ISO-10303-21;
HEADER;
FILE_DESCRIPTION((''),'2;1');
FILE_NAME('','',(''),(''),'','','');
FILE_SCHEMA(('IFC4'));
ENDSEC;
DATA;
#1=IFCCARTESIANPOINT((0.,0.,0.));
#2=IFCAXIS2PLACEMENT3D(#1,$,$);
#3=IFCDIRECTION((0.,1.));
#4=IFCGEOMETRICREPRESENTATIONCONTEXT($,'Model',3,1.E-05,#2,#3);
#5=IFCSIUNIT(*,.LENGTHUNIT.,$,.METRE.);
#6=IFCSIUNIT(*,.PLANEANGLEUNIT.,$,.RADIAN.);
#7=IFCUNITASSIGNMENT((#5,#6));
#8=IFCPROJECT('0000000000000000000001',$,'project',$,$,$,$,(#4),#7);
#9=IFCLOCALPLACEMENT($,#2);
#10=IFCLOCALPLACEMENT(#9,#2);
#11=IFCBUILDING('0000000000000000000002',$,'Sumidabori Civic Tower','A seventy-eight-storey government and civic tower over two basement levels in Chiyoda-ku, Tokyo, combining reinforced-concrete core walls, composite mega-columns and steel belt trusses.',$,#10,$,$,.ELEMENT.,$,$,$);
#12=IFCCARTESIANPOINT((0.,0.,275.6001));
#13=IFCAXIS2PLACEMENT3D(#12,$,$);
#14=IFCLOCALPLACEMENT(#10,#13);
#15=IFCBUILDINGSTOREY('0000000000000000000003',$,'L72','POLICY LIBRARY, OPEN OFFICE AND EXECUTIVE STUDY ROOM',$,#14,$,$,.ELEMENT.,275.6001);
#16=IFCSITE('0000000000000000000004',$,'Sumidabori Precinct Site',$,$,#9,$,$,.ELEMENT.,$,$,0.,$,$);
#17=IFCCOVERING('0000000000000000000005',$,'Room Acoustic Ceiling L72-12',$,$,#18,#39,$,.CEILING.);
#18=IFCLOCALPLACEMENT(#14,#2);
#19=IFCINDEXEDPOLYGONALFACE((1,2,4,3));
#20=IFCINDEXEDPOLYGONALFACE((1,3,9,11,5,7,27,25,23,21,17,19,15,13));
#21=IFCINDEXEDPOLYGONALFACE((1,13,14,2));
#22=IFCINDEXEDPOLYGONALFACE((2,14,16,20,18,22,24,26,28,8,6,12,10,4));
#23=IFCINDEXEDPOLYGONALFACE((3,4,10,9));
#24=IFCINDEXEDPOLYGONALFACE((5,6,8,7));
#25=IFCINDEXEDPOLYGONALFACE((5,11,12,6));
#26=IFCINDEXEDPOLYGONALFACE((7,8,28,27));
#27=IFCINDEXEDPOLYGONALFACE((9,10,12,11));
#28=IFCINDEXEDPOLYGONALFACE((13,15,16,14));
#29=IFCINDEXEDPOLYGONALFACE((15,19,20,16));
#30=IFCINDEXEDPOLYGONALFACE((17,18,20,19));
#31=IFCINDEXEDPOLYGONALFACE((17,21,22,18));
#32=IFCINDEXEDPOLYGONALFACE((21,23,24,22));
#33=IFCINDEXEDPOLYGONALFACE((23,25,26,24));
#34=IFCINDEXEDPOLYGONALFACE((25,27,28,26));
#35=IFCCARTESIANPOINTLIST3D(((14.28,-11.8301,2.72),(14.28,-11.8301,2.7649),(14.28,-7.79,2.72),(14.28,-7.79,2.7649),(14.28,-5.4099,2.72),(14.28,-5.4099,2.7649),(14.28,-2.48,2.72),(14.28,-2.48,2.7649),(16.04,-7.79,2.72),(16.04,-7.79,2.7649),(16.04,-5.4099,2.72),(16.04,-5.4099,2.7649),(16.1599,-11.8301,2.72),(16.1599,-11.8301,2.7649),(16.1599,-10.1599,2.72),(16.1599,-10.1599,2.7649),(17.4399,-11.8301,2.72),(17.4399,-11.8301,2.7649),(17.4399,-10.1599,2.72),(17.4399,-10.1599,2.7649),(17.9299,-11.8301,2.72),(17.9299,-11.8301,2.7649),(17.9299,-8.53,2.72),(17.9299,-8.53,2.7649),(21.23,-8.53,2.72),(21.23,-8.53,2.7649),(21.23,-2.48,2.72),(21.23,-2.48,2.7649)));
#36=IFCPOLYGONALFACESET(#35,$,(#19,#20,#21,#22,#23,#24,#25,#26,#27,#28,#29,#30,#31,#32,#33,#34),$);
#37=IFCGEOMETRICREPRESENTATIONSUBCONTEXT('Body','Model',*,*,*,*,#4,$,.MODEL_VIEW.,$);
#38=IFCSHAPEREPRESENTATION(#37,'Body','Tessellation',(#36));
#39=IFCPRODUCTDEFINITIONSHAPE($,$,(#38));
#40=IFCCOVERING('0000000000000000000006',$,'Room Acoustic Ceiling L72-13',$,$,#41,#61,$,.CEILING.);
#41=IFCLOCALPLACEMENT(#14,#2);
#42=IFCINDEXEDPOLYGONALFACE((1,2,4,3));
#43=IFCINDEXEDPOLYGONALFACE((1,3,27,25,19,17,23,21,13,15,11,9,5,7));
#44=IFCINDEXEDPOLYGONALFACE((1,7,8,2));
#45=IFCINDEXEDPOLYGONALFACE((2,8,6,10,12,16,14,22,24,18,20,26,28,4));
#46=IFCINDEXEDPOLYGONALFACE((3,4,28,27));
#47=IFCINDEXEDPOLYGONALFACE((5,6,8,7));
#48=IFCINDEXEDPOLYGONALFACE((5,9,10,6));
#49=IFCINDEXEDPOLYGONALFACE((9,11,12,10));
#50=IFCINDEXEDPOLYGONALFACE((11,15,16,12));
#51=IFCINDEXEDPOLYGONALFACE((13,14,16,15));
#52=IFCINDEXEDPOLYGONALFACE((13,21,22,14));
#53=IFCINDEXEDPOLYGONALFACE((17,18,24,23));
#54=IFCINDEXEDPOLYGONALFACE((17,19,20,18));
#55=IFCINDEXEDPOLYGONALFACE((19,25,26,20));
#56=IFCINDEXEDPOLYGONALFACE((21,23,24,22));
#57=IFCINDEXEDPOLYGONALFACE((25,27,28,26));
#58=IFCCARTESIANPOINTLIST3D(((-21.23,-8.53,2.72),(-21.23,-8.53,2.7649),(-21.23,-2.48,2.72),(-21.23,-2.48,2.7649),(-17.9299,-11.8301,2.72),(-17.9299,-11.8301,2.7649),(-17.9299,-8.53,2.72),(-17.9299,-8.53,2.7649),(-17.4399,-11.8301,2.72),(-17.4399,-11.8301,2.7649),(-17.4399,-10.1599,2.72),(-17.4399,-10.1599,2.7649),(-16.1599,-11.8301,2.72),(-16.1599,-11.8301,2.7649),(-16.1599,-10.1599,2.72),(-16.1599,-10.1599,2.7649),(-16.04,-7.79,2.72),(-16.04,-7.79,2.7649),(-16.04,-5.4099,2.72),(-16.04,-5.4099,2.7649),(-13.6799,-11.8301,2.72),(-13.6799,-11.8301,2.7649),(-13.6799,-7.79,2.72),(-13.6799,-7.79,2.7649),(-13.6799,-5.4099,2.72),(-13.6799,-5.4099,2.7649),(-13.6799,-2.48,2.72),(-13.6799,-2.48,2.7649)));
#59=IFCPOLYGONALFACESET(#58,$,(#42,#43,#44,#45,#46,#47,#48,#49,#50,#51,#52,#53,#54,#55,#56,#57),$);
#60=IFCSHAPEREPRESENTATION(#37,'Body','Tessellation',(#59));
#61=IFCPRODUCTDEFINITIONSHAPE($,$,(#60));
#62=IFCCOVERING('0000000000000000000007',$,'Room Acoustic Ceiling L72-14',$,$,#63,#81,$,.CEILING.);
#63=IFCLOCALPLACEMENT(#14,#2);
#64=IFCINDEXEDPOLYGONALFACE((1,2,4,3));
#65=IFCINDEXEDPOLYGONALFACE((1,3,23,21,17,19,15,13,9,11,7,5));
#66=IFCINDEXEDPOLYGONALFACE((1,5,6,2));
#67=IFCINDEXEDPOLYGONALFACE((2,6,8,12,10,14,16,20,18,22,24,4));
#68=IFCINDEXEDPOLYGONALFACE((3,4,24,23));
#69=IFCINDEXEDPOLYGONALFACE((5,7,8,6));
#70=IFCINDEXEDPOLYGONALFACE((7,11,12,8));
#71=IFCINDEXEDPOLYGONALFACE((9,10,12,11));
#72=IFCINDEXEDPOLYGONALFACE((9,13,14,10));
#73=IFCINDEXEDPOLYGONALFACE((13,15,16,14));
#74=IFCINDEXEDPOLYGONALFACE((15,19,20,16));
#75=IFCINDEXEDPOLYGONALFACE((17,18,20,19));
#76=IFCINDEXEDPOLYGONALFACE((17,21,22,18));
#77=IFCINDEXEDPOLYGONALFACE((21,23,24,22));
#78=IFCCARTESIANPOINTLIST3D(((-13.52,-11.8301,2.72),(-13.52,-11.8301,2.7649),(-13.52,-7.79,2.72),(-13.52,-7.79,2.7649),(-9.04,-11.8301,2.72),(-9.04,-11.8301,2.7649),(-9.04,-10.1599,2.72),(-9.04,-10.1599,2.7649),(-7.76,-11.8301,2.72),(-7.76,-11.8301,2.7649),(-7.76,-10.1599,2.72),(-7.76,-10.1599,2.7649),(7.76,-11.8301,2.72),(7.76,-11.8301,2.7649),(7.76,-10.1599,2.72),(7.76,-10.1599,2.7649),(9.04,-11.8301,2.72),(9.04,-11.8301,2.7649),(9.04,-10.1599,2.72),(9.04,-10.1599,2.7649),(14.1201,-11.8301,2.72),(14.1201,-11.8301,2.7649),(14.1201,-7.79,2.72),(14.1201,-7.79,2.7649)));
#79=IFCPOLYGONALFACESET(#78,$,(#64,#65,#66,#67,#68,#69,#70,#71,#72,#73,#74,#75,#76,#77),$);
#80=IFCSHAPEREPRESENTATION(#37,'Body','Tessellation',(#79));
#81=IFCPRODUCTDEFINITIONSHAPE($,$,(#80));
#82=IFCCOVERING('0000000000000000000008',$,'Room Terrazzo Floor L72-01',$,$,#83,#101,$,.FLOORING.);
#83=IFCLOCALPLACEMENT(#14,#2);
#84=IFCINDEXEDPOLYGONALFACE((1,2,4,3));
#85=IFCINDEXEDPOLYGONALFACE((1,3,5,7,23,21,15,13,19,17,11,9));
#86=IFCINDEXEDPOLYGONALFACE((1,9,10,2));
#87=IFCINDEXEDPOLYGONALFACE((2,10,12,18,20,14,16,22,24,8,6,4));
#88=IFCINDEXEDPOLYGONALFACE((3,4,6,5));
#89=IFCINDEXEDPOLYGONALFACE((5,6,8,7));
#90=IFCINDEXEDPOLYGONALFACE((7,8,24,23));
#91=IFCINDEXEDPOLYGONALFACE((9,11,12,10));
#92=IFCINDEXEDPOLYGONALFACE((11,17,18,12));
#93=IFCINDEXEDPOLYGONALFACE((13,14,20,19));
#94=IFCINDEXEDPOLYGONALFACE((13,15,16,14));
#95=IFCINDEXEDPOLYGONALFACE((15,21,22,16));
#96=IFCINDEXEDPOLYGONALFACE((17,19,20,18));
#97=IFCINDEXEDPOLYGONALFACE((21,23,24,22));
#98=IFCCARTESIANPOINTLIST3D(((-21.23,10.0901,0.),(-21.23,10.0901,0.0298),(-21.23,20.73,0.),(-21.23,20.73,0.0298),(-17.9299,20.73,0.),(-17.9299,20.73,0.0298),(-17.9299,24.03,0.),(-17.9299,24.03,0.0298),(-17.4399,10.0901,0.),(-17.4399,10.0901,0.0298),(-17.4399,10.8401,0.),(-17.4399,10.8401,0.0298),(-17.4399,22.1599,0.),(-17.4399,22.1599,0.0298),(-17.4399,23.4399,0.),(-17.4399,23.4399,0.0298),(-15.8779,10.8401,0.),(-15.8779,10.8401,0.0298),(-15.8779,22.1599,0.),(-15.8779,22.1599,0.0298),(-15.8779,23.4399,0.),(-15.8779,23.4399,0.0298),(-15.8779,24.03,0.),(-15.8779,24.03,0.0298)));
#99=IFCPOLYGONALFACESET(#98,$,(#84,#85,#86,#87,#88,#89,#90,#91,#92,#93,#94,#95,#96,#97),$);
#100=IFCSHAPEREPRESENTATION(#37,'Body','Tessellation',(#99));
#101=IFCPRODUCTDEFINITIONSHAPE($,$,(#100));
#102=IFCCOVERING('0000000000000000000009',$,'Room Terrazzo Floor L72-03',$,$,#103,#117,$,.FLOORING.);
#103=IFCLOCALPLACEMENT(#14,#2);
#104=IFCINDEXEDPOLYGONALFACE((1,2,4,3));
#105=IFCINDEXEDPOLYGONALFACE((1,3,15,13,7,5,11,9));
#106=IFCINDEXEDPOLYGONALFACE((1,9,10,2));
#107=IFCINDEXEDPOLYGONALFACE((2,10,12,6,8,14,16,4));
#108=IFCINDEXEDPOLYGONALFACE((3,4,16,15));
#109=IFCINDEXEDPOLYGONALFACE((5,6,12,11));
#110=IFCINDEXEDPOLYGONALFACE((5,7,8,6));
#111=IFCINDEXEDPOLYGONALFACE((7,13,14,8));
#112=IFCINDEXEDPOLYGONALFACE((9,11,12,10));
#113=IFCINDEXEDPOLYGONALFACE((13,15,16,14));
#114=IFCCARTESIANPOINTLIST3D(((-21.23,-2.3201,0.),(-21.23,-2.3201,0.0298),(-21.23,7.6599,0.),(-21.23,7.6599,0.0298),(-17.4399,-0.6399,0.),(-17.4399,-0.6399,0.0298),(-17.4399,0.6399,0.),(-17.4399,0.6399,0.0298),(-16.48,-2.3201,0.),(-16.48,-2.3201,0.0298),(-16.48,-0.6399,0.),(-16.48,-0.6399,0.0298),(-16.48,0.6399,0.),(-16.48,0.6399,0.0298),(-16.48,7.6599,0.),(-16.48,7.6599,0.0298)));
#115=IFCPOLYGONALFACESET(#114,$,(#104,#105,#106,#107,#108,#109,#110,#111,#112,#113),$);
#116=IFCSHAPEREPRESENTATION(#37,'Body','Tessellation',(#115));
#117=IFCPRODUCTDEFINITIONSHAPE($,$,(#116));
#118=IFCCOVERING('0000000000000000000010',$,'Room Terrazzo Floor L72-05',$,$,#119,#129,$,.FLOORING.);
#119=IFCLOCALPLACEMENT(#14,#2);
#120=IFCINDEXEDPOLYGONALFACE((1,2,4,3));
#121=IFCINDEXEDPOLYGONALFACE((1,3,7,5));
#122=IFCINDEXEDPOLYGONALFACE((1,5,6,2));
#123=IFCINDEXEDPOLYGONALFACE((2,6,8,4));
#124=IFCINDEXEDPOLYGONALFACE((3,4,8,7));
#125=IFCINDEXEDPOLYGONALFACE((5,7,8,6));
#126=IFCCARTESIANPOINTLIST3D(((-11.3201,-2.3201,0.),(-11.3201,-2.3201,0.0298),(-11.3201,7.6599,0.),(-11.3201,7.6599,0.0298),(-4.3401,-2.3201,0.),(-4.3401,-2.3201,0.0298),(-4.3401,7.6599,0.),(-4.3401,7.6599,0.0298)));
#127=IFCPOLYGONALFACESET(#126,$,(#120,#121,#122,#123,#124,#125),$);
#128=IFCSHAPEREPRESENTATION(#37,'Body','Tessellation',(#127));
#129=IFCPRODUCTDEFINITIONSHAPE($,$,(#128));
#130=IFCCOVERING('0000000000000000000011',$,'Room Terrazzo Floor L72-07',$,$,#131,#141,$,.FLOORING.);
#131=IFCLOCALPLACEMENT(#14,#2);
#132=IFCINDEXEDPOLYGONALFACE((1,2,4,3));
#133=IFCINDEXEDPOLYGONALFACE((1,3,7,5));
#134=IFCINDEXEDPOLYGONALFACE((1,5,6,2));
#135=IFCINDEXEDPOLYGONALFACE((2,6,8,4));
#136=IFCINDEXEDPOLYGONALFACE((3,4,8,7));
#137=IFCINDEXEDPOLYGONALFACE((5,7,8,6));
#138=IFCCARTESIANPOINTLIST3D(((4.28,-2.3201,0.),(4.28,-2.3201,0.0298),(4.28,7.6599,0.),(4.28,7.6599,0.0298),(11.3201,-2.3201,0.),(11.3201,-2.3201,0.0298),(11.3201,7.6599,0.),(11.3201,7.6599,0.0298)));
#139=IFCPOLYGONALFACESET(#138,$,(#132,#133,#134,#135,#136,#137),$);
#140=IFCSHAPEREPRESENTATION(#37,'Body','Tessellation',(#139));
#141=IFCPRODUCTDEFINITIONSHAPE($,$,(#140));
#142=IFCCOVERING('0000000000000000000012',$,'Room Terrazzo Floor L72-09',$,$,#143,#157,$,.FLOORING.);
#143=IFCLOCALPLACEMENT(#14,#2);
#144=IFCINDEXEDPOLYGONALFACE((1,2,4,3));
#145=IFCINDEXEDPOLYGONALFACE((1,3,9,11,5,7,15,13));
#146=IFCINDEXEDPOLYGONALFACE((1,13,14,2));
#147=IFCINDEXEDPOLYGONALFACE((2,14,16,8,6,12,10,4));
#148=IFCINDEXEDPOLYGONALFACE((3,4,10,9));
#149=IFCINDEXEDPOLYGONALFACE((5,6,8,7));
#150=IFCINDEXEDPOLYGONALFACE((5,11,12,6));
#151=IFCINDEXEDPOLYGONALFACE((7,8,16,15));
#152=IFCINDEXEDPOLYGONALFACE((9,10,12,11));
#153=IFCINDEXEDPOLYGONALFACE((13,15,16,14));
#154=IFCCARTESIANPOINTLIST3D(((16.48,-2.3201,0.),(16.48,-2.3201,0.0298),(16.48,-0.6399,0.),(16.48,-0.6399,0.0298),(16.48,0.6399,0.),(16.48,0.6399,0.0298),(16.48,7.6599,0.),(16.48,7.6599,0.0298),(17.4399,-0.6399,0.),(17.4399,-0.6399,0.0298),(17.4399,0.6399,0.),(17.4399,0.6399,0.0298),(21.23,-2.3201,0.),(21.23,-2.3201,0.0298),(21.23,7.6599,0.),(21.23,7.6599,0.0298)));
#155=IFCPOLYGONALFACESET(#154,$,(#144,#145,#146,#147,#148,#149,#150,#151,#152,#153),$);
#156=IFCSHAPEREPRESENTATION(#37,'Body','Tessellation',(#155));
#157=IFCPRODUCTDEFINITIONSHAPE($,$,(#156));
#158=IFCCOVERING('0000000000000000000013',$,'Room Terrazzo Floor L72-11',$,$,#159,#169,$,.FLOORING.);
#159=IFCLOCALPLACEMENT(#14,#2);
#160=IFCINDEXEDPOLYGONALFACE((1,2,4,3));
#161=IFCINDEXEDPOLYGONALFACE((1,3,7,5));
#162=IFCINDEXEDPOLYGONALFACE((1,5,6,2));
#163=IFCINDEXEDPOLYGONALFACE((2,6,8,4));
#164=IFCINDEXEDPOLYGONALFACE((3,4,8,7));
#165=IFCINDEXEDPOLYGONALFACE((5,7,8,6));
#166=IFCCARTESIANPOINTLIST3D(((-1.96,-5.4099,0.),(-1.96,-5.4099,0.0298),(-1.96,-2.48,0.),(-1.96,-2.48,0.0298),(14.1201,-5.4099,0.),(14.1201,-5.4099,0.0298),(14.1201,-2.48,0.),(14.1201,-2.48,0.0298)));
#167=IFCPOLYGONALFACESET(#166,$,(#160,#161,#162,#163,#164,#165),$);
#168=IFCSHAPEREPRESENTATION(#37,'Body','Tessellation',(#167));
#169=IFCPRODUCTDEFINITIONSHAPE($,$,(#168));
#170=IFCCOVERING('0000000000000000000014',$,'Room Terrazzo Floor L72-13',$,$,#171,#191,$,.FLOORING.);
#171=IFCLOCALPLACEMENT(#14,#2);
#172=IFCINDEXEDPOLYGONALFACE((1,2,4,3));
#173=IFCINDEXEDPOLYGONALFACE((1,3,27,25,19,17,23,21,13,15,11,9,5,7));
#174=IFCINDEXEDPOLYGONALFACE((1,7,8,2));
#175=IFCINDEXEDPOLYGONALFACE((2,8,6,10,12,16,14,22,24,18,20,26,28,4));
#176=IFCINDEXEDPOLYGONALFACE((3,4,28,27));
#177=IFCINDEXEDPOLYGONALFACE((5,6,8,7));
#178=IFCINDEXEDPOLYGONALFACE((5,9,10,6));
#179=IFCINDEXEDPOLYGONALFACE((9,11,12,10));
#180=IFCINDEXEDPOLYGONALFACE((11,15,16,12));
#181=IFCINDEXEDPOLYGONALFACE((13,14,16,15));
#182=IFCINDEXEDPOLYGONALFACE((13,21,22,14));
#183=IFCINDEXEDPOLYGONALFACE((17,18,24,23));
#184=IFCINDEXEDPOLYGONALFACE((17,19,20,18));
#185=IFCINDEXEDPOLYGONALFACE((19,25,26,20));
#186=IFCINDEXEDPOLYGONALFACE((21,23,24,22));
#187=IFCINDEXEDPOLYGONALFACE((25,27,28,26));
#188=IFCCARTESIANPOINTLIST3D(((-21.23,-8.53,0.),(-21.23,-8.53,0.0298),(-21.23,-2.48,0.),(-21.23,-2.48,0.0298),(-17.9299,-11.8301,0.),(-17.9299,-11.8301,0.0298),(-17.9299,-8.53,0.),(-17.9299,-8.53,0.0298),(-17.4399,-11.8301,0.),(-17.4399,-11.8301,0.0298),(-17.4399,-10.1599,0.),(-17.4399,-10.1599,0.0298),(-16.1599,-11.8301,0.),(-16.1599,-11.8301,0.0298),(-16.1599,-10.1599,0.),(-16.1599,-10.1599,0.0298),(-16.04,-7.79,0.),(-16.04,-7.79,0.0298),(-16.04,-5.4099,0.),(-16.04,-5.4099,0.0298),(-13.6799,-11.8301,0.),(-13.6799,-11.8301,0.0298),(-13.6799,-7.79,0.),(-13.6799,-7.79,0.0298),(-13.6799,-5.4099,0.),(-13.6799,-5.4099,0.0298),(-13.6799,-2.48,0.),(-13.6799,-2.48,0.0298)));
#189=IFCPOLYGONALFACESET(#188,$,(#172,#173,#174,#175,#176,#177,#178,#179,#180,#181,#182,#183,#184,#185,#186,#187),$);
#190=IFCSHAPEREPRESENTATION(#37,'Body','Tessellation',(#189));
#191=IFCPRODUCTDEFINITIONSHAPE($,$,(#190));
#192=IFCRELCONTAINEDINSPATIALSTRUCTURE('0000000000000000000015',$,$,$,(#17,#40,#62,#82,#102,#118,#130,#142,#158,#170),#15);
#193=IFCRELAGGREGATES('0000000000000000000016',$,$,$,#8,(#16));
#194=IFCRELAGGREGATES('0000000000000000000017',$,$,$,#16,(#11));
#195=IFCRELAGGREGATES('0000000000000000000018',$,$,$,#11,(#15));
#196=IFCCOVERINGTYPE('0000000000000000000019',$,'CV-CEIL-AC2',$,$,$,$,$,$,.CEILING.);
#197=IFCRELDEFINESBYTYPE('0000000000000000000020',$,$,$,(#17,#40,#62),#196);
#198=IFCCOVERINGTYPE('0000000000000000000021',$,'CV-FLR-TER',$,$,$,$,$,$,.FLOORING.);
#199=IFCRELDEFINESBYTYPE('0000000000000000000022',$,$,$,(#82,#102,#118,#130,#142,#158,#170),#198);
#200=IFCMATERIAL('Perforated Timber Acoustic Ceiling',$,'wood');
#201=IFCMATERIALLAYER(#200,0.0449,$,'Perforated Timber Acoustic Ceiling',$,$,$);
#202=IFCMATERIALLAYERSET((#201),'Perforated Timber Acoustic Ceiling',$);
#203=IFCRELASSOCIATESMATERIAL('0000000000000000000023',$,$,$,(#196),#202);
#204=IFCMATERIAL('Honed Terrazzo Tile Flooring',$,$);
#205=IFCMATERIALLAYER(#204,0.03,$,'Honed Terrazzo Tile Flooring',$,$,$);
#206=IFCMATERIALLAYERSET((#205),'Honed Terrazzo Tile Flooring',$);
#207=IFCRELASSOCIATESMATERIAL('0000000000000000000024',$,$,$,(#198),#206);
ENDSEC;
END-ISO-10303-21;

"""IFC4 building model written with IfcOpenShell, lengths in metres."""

from ifc_helpers import new_model, si_unit, direction, frame, origin, place, context, subcontext, project, spatial, polyline, outline, extrude, material, layer, layer_set, type_object, element, save


model = new_model("IFC4")

# Units and contexts
model_context = context("Model", 3, precision=1e-05, world=origin(), true_north=direction((0.0, 1.0)))
body_context = subcontext(model_context, "Body", "Model", "MODEL_VIEW")
ifc_project = project(units=[si_unit("LENGTHUNIT", "METRE"), si_unit("PLANEANGLEUNIT", "RADIAN")], contexts=[model_context])

# Site, building, storey
site_placement = place(None, origin())
site = spatial("IfcSite", under=ifc_project, at=site_placement, Name="Sumidabori Precinct Site", CompositionType="ELEMENT", RefElevation=0.0)
building_placement = place(site_placement, origin())
building = spatial("IfcBuilding", under=site, at=building_placement, Name="Sumidabori Civic Tower", Description="A seventy-eight-storey government and civic tower over two basement levels in Chiyoda-ku, Tokyo, combining reinforced-concrete core walls, composite mega-columns and steel belt trusses.", CompositionType="ELEMENT")
storey_placement = place(building_placement, frame((0.0, 0.0, 275.6001)))
storey = spatial("IfcBuildingStorey", under=building, at=storey_placement, Name="L72", Description="POLICY LIBRARY, OPEN OFFICE AND EXECUTIVE STUDY ROOM", CompositionType="ELEMENT", Elevation=275.6001)

# Coverings
ifc_material_1 = material(Name="Perforated Timber Acoustic Ceiling", Category="wood")
ifc_layer_1 = layer(ifc_material_1, 0.0449, Name="Perforated Timber Acoustic Ceiling")
ifc_layer_set_1 = layer_set([ifc_layer_1], Name="Perforated Timber Acoustic Ceiling")
covering_type_1 = type_object("IfcCoveringType", Name="CV-CEIL-AC2", PredefinedType="CEILING", material=ifc_layer_set_1)
covering_1_placement = place(storey_placement, frame((0.0, 0.0, 2.72)))
element("IfcCovering", 1, at=covering_1_placement, inside=storey, type_object=covering_type_1, Name="Room Acoustic Ceiling L72-12", PredefinedType="CEILING", context=body_context, shape_type="SweptSolid", body=[
    extrude(outline(polyline([(16.04, -7.79), (16.04, -5.4099), (14.28, -5.4099), (14.28, -2.48), (21.23, -2.48), (21.23, -8.53), (17.9299, -8.53), (17.9299, -11.8301), (17.4399, -11.8301), (17.4399, -10.1599), (16.1599, -10.1599), (16.1599, -11.8301), (14.28, -11.8301), (14.28, -7.79), (16.04, -7.79)])), origin(), (0.0, 0.0, 1.0), 0.0449),
])
covering_2_placement = place(storey_placement, frame((0.0, 0.0, 2.72)))
element("IfcCovering", 2, at=covering_2_placement, inside=storey, type_object=covering_type_1, Name="Room Acoustic Ceiling L72-13", PredefinedType="CEILING", context=body_context, shape_type="SweptSolid", body=[
    extrude(outline(polyline([(-17.9299, -11.8301), (-17.9299, -8.53), (-21.23, -8.53), (-21.23, -2.48), (-13.6799, -2.48), (-13.6799, -5.4099), (-16.04, -5.4099), (-16.04, -7.79), (-13.6799, -7.79), (-13.6799, -11.8301), (-16.1599, -11.8301), (-16.1599, -10.1599), (-17.4399, -10.1599), (-17.4399, -11.8301), (-17.9299, -11.8301)])), origin(), (0.0, 0.0, 1.0), 0.0449),
])
covering_3_placement = place(storey_placement, frame((0.0, 0.0, 2.72)))
element("IfcCovering", 3, at=covering_3_placement, inside=storey, type_object=covering_type_1, Name="Room Acoustic Ceiling L72-14", PredefinedType="CEILING", context=body_context, shape_type="SweptSolid", body=[
    extrude(outline(polyline([(14.1201, -7.79), (14.1201, -11.8301), (9.04, -11.8301), (9.04, -10.1599), (7.76, -10.1599), (7.76, -11.8301), (-7.76, -11.8301), (-7.76, -10.1599), (-9.04, -10.1599), (-9.04, -11.8301), (-13.52, -11.8301), (-13.52, -7.79), (14.1201, -7.79)])), origin(), (0.0, 0.0, 1.0), 0.0449),
])
ifc_material_2 = material(Name="Honed Terrazzo Tile Flooring")
ifc_layer_2 = layer(ifc_material_2, 0.03, Name="Honed Terrazzo Tile Flooring")
ifc_layer_set_2 = layer_set([ifc_layer_2], Name="Honed Terrazzo Tile Flooring")
covering_type_2 = type_object("IfcCoveringType", Name="CV-FLR-TER", PredefinedType="FLOORING", material=ifc_layer_set_2)
covering_4_placement = place(storey_placement, origin())
element("IfcCovering", 4, at=covering_4_placement, inside=storey, type_object=covering_type_2, Name="Room Terrazzo Floor L72-01", PredefinedType="FLOORING", context=body_context, shape_type="SweptSolid", body=[
    extrude(outline(polyline([(-21.23, 10.0901), (-21.23, 20.73), (-17.9299, 20.73), (-17.9299, 24.03), (-15.8779, 24.03), (-15.8779, 23.4399), (-17.4399, 23.4399), (-17.4399, 22.1599), (-15.8779, 22.1599), (-15.8779, 10.8401), (-17.4399, 10.8401), (-17.4399, 10.0901), (-21.23, 10.0901)])), origin(), (0.0, 0.0, 1.0), 0.0298),
])
covering_5_placement = place(storey_placement, origin())
element("IfcCovering", 5, at=covering_5_placement, inside=storey, type_object=covering_type_2, Name="Room Terrazzo Floor L72-03", PredefinedType="FLOORING", context=body_context, shape_type="SweptSolid", body=[
    extrude(outline(polyline([(-21.23, -2.3201), (-21.23, 7.6599), (-16.48, 7.6599), (-16.48, 0.6399), (-17.4399, 0.6399), (-17.4399, -0.6399), (-16.48, -0.6399), (-16.48, -2.3201), (-21.23, -2.3201)])), origin(), (0.0, 0.0, 1.0), 0.0298),
])
covering_6_placement = place(storey_placement, origin())
element("IfcCovering", 6, at=covering_6_placement, inside=storey, type_object=covering_type_2, Name="Room Terrazzo Floor L72-05", PredefinedType="FLOORING", context=body_context, shape_type="SweptSolid", body=[
    extrude(outline(polyline([(-11.3201, -2.3201), (-11.3201, 7.6599), (-4.3401, 7.6599), (-4.3401, -2.3201), (-11.3201, -2.3201)])), origin(), (0.0, 0.0, 1.0), 0.0298),
])
covering_7_placement = place(storey_placement, origin())
element("IfcCovering", 7, at=covering_7_placement, inside=storey, type_object=covering_type_2, Name="Room Terrazzo Floor L72-07", PredefinedType="FLOORING", context=body_context, shape_type="SweptSolid", body=[
    extrude(outline(polyline([(4.28, 7.6599), (11.3201, 7.6599), (11.3201, -2.3201), (4.28, -2.3201), (4.28, 7.6599)])), origin(), (0.0, 0.0, 1.0), 0.0298),
])
covering_8_placement = place(storey_placement, origin())
element("IfcCovering", 8, at=covering_8_placement, inside=storey, type_object=covering_type_2, Name="Room Terrazzo Floor L72-09", PredefinedType="FLOORING", context=body_context, shape_type="SweptSolid", body=[
    extrude(outline(polyline([(16.48, -0.6399), (17.4399, -0.6399), (17.4399, 0.6399), (16.48, 0.6399), (16.48, 7.6599), (21.23, 7.6599), (21.23, -2.3201), (16.48, -2.3201), (16.48, -0.6399)])), origin(), (0.0, 0.0, 1.0), 0.0298),
])
covering_9_placement = place(storey_placement, origin())
element("IfcCovering", 9, at=covering_9_placement, inside=storey, type_object=covering_type_2, Name="Room Terrazzo Floor L72-11", PredefinedType="FLOORING", context=body_context, shape_type="SweptSolid", body=[
    extrude(outline(polyline([(-1.96, -5.4099), (-1.96, -2.48), (14.1201, -2.48), (14.1201, -5.4099), (-1.96, -5.4099)])), origin(), (0.0, 0.0, 1.0), 0.0298),
])
covering_10_placement = place(storey_placement, origin())
element("IfcCovering", 10, at=covering_10_placement, inside=storey, type_object=covering_type_2, Name="Room Terrazzo Floor L72-13", PredefinedType="FLOORING", context=body_context, shape_type="SweptSolid", body=[
    extrude(outline(polyline([(-17.9299, -11.8301), (-17.9299, -8.53), (-21.23, -8.53), (-21.23, -2.48), (-13.6799, -2.48), (-13.6799, -5.4099), (-16.04, -5.4099), (-16.04, -7.79), (-13.6799, -7.79), (-13.6799, -11.8301), (-16.1599, -11.8301), (-16.1599, -10.1599), (-17.4399, -10.1599), (-17.4399, -11.8301), (-17.9299, -11.8301)])), origin(), (0.0, 0.0, 1.0), 0.0298),
])

save(model, "model.ifc")
